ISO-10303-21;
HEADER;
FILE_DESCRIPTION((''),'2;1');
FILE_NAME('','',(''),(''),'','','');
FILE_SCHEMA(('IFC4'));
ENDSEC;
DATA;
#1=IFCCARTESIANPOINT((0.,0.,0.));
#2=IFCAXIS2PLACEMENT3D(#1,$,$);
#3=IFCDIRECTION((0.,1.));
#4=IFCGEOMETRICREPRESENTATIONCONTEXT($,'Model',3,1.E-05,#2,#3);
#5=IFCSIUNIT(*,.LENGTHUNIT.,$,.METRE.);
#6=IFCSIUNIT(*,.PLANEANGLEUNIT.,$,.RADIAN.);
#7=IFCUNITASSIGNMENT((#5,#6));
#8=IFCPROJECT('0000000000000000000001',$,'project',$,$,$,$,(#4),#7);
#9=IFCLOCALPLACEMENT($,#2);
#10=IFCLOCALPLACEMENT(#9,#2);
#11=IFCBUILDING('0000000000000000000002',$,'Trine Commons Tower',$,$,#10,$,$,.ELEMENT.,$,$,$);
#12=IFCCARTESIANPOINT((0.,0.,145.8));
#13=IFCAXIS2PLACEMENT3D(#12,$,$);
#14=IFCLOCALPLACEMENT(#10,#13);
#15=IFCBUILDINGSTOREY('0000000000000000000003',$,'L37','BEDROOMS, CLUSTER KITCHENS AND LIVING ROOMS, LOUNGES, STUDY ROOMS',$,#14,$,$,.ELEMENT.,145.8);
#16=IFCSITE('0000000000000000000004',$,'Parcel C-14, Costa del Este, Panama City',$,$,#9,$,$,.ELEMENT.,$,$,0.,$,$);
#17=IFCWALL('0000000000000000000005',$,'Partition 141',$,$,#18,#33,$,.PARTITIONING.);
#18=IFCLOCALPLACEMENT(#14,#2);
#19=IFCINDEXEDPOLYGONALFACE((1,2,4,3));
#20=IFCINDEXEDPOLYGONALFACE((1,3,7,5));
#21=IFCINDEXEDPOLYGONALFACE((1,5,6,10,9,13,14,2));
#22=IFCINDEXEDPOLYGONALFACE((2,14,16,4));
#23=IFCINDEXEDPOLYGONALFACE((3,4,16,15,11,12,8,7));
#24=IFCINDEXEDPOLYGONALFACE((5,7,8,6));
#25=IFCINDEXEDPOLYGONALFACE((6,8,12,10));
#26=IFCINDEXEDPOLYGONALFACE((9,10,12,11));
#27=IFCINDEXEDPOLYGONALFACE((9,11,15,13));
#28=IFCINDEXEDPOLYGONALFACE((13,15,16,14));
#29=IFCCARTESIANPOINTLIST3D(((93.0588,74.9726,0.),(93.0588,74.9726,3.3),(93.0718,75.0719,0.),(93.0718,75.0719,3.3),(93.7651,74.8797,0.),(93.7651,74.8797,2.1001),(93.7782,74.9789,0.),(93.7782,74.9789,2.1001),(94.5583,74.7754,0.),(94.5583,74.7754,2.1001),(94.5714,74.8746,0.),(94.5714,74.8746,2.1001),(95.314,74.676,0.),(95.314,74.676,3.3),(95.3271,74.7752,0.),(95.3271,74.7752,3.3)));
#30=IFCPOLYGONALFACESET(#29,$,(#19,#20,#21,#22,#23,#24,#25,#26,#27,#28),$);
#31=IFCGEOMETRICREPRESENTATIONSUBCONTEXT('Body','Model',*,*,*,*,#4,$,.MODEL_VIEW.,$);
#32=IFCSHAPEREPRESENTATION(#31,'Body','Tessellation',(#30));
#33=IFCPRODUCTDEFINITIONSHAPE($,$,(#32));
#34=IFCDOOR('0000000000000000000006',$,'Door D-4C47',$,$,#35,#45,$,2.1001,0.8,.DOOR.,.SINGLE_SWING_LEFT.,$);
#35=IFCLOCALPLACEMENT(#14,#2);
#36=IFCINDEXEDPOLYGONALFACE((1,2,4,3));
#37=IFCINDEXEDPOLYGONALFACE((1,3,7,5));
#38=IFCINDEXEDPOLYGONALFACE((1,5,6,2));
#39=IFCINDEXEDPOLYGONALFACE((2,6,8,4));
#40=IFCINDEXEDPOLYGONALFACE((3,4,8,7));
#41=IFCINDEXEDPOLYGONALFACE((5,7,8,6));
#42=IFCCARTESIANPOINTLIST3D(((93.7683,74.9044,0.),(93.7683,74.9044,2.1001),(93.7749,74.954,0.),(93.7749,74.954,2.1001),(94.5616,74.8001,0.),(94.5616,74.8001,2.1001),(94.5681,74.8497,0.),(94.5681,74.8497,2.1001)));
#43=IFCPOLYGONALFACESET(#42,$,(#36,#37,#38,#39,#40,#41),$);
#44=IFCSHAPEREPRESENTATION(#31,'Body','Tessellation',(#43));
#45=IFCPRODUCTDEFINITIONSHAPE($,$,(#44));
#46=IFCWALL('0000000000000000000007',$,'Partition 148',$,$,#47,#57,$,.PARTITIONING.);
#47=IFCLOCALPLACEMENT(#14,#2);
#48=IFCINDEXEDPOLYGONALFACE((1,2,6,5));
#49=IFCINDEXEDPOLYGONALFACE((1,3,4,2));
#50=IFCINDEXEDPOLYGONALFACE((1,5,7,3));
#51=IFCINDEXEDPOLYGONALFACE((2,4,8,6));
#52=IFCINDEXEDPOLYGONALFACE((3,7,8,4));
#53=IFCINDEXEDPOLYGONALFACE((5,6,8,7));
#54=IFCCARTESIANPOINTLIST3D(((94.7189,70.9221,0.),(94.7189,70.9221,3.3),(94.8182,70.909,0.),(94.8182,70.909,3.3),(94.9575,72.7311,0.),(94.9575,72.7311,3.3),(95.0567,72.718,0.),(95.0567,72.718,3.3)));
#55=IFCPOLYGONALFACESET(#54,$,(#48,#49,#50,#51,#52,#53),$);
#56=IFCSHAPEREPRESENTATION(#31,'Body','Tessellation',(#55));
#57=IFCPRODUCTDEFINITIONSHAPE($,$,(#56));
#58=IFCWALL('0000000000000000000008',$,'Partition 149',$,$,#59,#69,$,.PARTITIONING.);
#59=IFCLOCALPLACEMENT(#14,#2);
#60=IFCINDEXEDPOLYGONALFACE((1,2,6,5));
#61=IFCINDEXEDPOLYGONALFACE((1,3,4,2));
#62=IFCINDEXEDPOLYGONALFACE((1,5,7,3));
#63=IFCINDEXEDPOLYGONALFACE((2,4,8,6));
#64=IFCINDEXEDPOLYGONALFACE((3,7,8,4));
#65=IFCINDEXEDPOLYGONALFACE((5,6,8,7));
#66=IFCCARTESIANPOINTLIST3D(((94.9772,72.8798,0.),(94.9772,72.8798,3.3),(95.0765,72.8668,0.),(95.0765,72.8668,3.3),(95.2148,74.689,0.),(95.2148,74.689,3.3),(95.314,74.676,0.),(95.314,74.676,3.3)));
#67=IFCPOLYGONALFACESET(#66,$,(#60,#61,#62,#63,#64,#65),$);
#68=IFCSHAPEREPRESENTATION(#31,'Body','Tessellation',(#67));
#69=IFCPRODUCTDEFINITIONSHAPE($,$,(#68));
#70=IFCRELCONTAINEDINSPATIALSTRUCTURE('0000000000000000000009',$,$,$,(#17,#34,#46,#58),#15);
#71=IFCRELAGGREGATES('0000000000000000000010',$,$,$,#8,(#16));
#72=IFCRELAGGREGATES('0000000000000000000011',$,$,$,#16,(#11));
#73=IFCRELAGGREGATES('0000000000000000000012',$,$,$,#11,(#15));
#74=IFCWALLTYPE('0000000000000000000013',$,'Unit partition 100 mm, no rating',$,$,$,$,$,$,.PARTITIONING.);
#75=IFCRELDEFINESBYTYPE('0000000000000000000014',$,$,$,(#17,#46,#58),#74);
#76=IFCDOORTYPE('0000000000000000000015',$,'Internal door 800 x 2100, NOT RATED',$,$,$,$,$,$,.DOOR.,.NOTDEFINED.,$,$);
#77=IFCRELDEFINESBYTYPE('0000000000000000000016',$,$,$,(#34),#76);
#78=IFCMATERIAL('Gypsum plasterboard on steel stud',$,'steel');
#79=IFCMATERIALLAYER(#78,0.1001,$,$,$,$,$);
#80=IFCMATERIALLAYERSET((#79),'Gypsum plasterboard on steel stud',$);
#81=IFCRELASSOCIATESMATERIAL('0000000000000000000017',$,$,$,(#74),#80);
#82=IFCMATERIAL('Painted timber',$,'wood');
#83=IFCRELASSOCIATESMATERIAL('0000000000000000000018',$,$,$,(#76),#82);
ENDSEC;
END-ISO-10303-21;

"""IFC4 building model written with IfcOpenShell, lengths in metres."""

from ifc_helpers import new_model, si_unit, direction, frame, frame_2d, origin, place, context, subcontext, project, spatial, rectangle, extrude, material, layer, layer_set, type_object, element, fill, save


model = new_model("IFC4")

# Units and contexts
model_context = context("Model", 3, precision=1e-05, world=origin(), true_north=direction((0.0, 1.0)))
body_context = subcontext(model_context, "Body", "Model", "MODEL_VIEW")
ifc_project = project(units=[si_unit("LENGTHUNIT", "METRE"), si_unit("PLANEANGLEUNIT", "RADIAN")], contexts=[model_context])

# Site, building, storey
site_placement = place(None, origin())
site = spatial("IfcSite", under=ifc_project, at=site_placement, Name="Parcel C-14, Costa del Este, Panama City", CompositionType="ELEMENT", RefElevation=0.0)
building_placement = place(site_placement, origin())
building = spatial("IfcBuilding", under=site, at=building_placement, Name="Trine Commons Tower", CompositionType="ELEMENT")
storey_placement = place(building_placement, frame((0.0, 0.0, 145.8)))
storey = spatial("IfcBuildingStorey", under=building, at=storey_placement, Name="L37", Description="BEDROOMS, CLUSTER KITCHENS AND LIVING ROOMS, LOUNGES, STUDY ROOMS", CompositionType="ELEMENT", Elevation=145.8)

# Shared definitions
ifc_material_1 = material(Name="Gypsum plasterboard on steel stud", Category="steel")

# Wall, opening, door
ifc_layer_1 = layer(ifc_material_1, 0.1001)
ifc_layer_set_1 = layer_set([ifc_layer_1], Name="Gypsum plasterboard on steel stud")
wall_type_1 = type_object("IfcWallType", Name="Unit partition 100 mm, no rating", PredefinedType="PARTITIONING", material=ifc_layer_set_1)
ifc_material_2 = material(Name="Painted timber", Category="wood")
door_type_1 = type_object("IfcDoorType", Name="Internal door 800 x 2100, NOT RATED", OperationType="NOTDEFINED", PredefinedType="DOOR", material=ifc_material_2)
wall_1_placement = place(storey_placement, frame((93.0654, 75.0222, 0.0), z_axis=(0.0, 0.0, 1.0), x_axis=(0.99146, -0.130413, 0.0)))
wall_1 = element("IfcWall", 1, at=wall_1_placement, inside=storey, type_object=wall_type_1, Name="Partition 141", PredefinedType="PARTITIONING", context=body_context, shape_type="SweptSolid", body=[
    extrude(rectangle(XDim=2.2747, YDim=0.1001, at=frame_2d((1.1372, 0.0))), origin(), (0.0, 0.0, 1.0), 3.3),
])
opening_1_placement = place(wall_1_placement, frame((0.7124, 0.0, 0.0)))
opening_1 = element("IfcOpeningElement", 2, at=opening_1_placement, cuts=wall_1, PredefinedType="OPENING", context=body_context, shape_type="SweptSolid", body=[
    extrude(rectangle(XDim=0.8, YDim=2.1001, at=frame_2d((0.3999, 1.05))), frame((0.0, 0.0601, 0.0), z_axis=(0.0, -1.0, 0.0), x_axis=(1.0, 0.0, 0.0)), (0.0, 0.0, 1.0), 0.1201),
])
door_1_placement = place(opening_1_placement, origin())
door_1 = element("IfcDoor", 3, at=door_1_placement, inside=storey, type_object=door_type_1, Name="Door D-4C47", OperationType="SINGLE_SWING_LEFT", OverallHeight=2.1001, OverallWidth=0.8, PredefinedType="DOOR", context=body_context, shape_type="SweptSolid", body=[
    extrude(rectangle(XDim=0.8, YDim=2.1001, at=frame_2d((0.3999, 1.05))), frame((0.0, 0.0249, 0.0), z_axis=(0.0, -1.0, 0.0), x_axis=(1.0, 0.0, 0.0)), (0.0, 0.0, 1.0), 0.05),
])
fill(opening_1, door_1)

# Walls
for number, where, z_axis, x_axis, name in (
    (4, (94.7686, 70.9155, 0.0), (0.0, 0.0, 1.0), (0.130718, 0.99142, 0.0), "Partition 148"),
    (5, (95.0269, 72.8733, 0.0), (0.0, 0.0, 1.0), (0.130191, 0.991489, 0.0), "Partition 149"),
):
    element("IfcWall", number, at=place(storey_placement, frame(where, z_axis=z_axis, x_axis=x_axis)), inside=storey, type_object=wall_type_1, Name=name, PredefinedType="PARTITIONING", context=body_context, shape_type="SweptSolid", body=[
        extrude(rectangle(XDim=1.8247, YDim=0.1001, at=frame_2d((0.9124, 0.0))), origin(), (0.0, 0.0, 1.0), 3.3),
    ])

save(model, "model.ifc")
